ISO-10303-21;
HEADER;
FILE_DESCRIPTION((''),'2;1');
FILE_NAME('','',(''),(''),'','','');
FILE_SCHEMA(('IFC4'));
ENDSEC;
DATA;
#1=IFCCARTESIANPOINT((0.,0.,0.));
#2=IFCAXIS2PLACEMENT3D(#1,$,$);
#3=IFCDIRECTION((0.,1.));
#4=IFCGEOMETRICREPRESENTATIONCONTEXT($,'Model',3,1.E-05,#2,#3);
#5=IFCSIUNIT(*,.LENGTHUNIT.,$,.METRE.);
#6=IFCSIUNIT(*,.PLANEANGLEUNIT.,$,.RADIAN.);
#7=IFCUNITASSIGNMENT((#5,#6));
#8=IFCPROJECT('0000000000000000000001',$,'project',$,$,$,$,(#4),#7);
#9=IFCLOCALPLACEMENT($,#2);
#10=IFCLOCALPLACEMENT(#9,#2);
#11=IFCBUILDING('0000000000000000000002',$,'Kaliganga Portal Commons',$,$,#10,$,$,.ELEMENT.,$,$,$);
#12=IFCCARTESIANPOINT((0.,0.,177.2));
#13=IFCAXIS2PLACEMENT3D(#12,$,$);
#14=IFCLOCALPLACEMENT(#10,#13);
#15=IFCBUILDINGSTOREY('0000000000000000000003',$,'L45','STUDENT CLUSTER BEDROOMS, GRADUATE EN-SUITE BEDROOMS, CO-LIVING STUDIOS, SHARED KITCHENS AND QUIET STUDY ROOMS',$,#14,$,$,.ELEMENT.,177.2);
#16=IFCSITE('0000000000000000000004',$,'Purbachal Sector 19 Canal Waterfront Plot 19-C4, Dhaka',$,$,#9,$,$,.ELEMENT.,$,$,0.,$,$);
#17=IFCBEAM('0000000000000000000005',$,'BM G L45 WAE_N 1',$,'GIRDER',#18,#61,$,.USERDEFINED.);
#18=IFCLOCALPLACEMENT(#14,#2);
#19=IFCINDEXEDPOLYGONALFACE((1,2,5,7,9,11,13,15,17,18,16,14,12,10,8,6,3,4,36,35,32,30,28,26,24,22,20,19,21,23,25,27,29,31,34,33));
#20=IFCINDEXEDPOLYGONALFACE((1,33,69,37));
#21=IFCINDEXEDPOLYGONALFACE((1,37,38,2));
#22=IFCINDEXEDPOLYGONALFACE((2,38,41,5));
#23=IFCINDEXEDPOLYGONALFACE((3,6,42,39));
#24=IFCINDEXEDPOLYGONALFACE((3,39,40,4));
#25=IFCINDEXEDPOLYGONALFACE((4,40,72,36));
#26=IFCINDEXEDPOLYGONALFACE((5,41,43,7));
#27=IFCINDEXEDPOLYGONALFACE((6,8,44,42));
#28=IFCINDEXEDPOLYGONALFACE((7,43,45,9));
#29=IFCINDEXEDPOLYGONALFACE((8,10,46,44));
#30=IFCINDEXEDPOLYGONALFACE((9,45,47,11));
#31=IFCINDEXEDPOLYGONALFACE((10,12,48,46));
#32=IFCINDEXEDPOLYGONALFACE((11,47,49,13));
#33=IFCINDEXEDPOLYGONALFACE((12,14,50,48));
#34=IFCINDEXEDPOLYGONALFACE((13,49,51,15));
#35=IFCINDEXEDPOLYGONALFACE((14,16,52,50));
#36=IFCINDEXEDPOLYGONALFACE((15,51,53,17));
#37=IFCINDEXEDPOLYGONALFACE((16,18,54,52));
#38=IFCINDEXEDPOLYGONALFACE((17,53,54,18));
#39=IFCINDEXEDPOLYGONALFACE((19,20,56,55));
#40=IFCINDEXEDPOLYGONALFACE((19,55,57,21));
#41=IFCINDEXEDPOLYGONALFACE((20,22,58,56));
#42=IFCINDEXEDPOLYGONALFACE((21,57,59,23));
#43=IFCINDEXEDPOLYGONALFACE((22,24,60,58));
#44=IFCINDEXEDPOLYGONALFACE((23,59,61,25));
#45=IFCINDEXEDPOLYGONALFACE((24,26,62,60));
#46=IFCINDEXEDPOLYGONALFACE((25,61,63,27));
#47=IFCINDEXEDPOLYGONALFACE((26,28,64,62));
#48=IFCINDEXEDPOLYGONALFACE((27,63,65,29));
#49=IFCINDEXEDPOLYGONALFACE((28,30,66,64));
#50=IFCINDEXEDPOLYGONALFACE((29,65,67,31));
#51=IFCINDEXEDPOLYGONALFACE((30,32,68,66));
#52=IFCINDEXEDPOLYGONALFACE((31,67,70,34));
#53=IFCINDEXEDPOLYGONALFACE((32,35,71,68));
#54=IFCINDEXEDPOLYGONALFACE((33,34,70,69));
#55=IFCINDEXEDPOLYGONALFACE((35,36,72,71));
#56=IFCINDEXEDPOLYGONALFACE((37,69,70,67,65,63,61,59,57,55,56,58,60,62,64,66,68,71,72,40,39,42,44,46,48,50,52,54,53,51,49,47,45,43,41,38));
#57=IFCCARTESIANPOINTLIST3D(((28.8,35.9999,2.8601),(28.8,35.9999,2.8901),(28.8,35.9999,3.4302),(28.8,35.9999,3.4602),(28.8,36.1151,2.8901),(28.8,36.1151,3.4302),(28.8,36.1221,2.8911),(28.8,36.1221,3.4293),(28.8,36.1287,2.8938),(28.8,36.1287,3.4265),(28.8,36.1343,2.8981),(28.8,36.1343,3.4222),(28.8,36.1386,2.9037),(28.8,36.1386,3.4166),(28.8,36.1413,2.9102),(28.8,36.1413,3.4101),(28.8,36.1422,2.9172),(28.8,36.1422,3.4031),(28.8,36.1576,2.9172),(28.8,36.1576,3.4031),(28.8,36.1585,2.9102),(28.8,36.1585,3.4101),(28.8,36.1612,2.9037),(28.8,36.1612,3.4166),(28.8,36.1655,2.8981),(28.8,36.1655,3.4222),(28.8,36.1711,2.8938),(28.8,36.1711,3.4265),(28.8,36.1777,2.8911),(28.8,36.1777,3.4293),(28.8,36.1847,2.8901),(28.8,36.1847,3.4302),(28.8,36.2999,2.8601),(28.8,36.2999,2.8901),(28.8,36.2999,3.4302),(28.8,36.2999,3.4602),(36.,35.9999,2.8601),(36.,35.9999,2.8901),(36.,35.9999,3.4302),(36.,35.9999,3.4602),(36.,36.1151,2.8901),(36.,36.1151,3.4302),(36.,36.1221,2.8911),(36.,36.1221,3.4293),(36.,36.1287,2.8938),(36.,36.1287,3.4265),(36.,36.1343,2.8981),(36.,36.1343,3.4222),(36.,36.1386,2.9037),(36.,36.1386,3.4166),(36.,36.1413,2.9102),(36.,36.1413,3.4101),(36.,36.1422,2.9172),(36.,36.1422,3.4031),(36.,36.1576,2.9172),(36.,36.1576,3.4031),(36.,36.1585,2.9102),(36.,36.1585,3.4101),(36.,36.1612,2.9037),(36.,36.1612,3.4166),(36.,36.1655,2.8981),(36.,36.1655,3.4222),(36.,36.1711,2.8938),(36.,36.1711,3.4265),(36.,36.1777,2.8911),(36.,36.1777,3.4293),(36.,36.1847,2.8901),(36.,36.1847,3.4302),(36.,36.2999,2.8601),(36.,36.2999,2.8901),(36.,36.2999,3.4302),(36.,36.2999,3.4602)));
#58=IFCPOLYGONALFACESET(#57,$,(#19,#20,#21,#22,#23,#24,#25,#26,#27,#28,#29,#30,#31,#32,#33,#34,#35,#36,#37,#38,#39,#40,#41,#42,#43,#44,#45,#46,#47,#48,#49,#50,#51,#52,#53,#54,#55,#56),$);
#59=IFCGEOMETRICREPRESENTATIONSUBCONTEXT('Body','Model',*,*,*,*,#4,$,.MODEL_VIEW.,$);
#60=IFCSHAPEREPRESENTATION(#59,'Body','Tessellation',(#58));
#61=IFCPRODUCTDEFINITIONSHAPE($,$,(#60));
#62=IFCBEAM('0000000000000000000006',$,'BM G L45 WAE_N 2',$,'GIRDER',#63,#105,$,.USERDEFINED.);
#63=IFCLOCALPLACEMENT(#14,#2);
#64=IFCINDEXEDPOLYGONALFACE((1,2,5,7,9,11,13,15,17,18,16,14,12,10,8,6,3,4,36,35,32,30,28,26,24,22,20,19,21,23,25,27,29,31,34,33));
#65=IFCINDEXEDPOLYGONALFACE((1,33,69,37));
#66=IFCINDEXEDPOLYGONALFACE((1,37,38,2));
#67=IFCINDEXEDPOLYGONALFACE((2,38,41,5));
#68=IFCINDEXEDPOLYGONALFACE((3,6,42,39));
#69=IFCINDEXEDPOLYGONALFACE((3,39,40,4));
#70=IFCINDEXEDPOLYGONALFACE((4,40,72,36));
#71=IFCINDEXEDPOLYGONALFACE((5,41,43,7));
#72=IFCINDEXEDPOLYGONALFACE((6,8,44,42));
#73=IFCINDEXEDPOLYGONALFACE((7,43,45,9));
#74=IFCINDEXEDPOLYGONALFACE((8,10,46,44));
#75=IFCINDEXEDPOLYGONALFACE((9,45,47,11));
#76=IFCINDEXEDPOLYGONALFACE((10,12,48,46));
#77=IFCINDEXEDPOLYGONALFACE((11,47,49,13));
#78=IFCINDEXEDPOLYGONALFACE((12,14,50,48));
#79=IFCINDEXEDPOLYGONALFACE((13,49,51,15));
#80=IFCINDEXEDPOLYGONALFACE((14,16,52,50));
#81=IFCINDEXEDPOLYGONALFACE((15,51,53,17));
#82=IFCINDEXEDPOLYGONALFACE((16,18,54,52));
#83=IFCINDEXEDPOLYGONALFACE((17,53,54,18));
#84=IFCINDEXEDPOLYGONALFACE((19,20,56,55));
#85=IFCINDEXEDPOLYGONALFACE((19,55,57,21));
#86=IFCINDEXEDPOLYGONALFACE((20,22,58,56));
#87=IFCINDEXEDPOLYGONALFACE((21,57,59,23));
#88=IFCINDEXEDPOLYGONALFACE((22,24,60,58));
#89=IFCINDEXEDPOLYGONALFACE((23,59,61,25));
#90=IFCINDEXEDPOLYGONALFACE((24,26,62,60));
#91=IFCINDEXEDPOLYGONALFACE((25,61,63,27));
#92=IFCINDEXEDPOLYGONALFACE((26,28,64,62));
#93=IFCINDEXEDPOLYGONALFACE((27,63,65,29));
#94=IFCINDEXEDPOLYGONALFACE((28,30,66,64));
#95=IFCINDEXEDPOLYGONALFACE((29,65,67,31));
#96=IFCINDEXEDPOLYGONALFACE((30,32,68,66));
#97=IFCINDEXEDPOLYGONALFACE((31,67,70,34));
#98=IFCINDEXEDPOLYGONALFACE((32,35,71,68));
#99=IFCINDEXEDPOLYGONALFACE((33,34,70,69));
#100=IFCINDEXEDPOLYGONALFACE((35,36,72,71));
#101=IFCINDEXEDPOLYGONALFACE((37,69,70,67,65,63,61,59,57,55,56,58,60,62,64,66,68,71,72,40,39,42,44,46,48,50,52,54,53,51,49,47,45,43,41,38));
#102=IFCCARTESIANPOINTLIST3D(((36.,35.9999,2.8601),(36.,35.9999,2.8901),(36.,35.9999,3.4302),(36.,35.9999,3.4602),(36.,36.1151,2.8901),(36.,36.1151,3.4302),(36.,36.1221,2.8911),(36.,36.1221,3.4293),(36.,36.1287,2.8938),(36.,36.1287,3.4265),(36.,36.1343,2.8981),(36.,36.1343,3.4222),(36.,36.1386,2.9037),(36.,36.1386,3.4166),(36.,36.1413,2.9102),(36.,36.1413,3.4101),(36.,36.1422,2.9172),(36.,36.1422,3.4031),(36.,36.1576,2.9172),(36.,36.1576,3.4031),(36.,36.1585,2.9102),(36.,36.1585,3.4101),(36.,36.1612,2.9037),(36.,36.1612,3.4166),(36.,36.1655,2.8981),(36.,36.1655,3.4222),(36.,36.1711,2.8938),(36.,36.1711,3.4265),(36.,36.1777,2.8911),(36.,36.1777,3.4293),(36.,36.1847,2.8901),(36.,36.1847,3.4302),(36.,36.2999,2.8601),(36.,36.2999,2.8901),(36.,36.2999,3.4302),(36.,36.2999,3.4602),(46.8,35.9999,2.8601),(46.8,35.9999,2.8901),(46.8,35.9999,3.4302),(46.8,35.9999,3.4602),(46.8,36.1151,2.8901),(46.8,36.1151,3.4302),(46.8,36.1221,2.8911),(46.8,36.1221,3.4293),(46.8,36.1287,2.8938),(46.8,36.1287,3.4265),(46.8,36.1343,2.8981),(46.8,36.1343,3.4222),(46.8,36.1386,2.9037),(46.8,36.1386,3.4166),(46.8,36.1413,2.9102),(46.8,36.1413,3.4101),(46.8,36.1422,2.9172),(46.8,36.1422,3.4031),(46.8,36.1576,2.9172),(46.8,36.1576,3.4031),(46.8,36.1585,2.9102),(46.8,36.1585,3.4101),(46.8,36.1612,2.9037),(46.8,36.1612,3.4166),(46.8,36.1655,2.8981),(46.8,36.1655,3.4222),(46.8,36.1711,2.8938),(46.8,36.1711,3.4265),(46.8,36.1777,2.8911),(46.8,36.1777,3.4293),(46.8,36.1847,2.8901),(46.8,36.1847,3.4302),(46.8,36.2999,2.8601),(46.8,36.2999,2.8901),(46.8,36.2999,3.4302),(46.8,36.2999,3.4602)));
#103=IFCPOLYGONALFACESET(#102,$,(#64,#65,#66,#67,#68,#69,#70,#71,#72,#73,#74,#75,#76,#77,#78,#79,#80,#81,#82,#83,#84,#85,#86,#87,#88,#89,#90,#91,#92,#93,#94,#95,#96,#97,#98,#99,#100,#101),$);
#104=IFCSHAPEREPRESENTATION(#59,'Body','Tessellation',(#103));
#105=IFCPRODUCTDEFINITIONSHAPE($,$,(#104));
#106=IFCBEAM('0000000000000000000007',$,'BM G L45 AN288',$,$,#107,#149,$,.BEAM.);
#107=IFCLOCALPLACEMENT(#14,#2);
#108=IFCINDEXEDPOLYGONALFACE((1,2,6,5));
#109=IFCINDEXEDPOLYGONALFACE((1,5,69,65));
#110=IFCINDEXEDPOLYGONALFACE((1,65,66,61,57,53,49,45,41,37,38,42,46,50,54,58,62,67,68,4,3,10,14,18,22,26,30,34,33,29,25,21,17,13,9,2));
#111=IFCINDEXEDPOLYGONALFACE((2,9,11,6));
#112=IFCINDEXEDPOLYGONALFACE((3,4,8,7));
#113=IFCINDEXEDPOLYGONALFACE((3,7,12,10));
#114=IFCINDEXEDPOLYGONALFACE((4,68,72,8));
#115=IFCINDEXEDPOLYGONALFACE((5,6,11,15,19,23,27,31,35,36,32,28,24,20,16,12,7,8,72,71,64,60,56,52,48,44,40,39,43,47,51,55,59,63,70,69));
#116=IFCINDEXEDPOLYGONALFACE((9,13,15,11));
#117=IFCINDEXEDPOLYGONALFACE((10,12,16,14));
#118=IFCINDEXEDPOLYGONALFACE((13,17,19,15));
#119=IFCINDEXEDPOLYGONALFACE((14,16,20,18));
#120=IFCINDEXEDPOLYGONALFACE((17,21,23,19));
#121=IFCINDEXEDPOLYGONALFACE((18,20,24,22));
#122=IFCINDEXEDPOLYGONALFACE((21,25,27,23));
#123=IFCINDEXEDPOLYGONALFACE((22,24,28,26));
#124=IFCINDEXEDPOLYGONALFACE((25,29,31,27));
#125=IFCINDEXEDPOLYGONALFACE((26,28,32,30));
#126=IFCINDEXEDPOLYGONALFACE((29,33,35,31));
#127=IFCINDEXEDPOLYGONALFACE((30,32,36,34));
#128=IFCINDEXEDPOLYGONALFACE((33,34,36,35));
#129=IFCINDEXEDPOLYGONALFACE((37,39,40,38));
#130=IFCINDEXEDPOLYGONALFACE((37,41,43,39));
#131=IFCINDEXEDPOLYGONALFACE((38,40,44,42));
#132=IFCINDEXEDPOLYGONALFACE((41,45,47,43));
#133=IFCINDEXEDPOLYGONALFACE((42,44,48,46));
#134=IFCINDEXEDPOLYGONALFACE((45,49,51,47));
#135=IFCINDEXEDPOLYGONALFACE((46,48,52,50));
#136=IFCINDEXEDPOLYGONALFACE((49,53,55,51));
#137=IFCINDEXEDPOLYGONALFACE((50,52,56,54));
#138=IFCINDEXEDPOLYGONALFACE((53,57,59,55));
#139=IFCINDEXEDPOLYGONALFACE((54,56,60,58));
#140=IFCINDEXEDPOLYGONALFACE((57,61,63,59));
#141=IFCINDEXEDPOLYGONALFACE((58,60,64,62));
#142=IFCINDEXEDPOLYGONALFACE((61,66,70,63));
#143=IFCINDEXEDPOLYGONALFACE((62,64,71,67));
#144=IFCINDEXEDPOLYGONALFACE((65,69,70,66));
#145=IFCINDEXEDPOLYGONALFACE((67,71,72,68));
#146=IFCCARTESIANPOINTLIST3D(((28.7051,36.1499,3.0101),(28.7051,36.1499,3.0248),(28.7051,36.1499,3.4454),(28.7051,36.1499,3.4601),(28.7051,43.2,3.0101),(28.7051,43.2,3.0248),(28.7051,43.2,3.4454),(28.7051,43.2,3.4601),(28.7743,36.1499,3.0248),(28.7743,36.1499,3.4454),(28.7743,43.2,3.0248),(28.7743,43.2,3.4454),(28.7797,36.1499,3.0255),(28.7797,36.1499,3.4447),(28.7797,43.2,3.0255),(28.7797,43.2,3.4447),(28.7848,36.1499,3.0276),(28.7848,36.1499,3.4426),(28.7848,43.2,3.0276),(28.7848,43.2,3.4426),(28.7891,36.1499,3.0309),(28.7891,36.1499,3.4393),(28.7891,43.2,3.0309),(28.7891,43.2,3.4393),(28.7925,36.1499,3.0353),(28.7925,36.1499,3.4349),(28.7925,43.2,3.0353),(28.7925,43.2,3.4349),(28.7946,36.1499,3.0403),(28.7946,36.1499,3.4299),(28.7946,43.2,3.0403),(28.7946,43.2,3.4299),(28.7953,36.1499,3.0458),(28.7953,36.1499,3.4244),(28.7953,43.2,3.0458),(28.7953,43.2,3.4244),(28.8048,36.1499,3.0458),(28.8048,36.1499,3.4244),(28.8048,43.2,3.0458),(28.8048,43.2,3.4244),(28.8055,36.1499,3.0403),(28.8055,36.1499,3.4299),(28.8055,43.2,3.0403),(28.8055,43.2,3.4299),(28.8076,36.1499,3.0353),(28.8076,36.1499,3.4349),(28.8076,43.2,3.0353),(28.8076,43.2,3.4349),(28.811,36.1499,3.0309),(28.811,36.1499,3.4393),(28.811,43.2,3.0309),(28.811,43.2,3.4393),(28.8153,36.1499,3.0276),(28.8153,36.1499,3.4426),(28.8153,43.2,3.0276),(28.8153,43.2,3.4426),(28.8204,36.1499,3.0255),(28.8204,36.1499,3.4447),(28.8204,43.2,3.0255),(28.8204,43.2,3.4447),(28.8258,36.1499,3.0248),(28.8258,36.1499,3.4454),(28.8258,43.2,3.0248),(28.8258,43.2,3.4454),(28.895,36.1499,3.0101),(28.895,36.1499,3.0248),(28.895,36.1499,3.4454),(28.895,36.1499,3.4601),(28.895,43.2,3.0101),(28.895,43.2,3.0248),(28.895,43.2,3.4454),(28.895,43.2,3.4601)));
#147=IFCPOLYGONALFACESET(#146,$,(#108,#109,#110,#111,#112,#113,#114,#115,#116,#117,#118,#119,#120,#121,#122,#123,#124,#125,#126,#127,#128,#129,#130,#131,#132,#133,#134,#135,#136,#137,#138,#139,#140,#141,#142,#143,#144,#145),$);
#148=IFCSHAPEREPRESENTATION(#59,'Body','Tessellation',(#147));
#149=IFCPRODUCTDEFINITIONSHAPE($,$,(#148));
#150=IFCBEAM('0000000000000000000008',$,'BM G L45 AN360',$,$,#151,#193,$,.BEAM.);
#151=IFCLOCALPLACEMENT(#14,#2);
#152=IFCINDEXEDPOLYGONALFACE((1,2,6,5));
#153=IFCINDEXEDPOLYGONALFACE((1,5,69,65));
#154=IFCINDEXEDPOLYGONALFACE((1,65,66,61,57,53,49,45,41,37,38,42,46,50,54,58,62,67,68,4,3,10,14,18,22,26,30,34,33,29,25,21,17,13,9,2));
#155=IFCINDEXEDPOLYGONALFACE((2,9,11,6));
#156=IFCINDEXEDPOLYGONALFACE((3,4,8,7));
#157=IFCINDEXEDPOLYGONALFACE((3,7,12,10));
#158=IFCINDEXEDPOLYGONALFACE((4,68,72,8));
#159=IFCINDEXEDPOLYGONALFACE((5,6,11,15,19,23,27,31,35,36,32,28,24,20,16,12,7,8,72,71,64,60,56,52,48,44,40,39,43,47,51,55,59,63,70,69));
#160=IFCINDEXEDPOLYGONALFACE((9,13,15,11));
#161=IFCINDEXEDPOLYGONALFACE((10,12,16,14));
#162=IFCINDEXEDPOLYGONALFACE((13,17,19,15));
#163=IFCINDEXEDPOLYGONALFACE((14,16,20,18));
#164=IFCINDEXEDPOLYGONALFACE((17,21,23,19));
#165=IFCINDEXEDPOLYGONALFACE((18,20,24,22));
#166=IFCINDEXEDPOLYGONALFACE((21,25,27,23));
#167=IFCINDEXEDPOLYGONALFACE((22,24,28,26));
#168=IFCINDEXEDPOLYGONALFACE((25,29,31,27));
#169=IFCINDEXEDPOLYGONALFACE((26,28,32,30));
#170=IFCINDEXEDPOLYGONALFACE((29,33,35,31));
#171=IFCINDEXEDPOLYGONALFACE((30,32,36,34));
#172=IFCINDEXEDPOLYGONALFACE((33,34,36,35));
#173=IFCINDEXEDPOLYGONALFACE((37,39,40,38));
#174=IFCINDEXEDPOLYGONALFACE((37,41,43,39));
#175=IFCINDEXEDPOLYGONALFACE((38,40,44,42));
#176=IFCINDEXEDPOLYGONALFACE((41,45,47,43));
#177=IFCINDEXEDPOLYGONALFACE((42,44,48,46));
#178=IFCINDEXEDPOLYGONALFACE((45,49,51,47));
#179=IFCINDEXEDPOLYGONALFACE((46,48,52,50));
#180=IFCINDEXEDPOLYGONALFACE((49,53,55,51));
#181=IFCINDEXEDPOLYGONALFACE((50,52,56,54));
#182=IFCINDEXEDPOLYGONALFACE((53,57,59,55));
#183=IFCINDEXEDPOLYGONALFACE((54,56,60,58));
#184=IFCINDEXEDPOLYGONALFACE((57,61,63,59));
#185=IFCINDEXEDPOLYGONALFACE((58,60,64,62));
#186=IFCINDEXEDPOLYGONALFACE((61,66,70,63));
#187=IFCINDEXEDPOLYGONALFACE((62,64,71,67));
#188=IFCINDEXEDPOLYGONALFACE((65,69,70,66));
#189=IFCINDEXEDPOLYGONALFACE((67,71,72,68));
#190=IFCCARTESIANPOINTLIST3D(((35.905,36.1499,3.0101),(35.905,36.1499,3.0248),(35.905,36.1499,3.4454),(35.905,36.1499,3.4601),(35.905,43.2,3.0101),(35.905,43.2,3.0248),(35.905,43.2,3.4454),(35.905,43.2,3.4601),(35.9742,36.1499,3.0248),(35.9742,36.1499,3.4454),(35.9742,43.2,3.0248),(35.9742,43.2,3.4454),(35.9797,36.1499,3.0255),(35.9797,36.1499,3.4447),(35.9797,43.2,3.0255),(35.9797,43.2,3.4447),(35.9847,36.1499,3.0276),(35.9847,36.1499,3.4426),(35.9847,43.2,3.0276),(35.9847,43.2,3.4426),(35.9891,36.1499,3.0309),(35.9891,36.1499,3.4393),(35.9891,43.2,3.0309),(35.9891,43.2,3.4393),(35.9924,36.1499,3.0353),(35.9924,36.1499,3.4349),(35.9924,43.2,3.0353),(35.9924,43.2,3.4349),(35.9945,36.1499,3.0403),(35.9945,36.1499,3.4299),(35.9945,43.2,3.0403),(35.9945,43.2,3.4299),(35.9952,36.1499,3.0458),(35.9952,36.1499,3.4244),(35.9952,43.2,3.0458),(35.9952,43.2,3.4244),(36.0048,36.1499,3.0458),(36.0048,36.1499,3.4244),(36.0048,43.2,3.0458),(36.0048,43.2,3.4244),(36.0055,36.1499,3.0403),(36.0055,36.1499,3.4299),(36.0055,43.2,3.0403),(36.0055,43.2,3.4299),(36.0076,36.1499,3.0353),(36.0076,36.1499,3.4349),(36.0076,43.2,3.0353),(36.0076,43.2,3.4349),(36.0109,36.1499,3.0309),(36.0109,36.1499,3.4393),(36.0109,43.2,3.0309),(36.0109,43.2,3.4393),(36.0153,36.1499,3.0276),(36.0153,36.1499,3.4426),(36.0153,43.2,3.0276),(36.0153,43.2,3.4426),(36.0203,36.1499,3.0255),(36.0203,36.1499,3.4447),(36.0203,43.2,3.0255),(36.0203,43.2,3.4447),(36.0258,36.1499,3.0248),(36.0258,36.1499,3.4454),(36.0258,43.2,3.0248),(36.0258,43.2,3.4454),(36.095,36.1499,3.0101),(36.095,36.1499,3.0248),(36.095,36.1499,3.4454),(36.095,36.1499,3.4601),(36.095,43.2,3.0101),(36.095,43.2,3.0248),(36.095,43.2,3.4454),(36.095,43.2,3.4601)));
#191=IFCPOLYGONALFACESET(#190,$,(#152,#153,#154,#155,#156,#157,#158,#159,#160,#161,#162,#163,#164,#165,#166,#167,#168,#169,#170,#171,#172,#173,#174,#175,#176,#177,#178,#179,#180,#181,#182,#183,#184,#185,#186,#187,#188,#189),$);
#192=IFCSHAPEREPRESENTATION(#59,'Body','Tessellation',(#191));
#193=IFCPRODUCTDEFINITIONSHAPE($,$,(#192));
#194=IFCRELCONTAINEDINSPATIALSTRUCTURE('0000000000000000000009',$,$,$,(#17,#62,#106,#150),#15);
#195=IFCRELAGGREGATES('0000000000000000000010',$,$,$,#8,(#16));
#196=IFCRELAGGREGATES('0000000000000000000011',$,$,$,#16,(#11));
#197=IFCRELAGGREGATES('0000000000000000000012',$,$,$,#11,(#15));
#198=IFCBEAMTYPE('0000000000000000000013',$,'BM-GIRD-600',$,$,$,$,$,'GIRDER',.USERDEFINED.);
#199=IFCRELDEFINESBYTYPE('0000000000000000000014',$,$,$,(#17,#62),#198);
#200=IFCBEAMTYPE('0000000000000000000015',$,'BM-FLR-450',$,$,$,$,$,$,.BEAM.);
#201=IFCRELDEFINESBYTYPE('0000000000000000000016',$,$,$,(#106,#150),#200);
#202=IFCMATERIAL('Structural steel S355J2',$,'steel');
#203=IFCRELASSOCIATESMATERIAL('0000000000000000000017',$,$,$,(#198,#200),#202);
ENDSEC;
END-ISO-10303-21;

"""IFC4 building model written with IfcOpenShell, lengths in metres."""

from ifc_helpers import new_model, si_unit, direction, frame, origin, origin_2d, place, context, subcontext, project, spatial, i_section, extrude, source, transform, mapped, material, material_profile, profile_set, type_object, element, save


model = new_model("IFC4")

# Units and contexts
model_context = context("Model", 3, precision=1e-05, world=origin(), true_north=direction((0.0, 1.0)))
body_context = subcontext(model_context, "Body", "Model", "MODEL_VIEW")
ifc_project = project(units=[si_unit("LENGTHUNIT", "METRE"), si_unit("PLANEANGLEUNIT", "RADIAN")], contexts=[model_context])

# Site, building, storey
site_placement = place(None, origin())
site = spatial("IfcSite", under=ifc_project, at=site_placement, Name="Purbachal Sector 19 Canal Waterfront Plot 19-C4, Dhaka", CompositionType="ELEMENT", RefElevation=0.0)
building_placement = place(site_placement, origin())
building = spatial("IfcBuilding", under=site, at=building_placement, Name="Kaliganga Portal Commons", CompositionType="ELEMENT")
storey_placement = place(building_placement, frame((0.0, 0.0, 177.2)))
storey = spatial("IfcBuildingStorey", under=building, at=storey_placement, Name="L45", Description="STUDENT CLUSTER BEDROOMS, GRADUATE EN-SUITE BEDROOMS, CO-LIVING STUDIOS, SHARED KITCHENS AND QUIET STUDY ROOMS", CompositionType="ELEMENT", Elevation=177.2)

# Beams
ifc_material_1 = material(Name="Structural steel S355J2", Category="steel")
ifc_material_profile_1 = material_profile(ifc_material_1, i_section(OverallWidth=0.3, OverallDepth=0.6001, WebThickness=0.0154, FlangeThickness=0.03, FilletRadius=0.0271, at=origin_2d()), Name="HE 600 B")
ifc_profile_set_1 = profile_set([ifc_material_profile_1], Name="Structural steel S355J2 wide-flange")
beam_type_1 = type_object("IfcBeamType", Name="BM-GIRD-600", ElementType="GIRDER", PredefinedType="USERDEFINED", material=ifc_profile_set_1)
shared_shape_1 = source(origin(), body_context, "Body", "SweptSolid", [
    extrude(i_section(OverallWidth=0.3, OverallDepth=0.6001, WebThickness=0.0154, FlangeThickness=0.03, FilletRadius=0.0271, at=origin_2d()), origin(), (0.0, 0.0, 1.0), 7.2),
])
beam_1_placement = place(storey_placement, frame((28.8, 36.1499, 3.1602), z_axis=(1.0, 0.0, 0.0), x_axis=(0.0, 1.0, 0.0)))
element("IfcBeam", 1, at=beam_1_placement, inside=storey, type_object=beam_type_1, Name="BM G L45 WAE_N 1", ObjectType="GIRDER", PredefinedType="USERDEFINED", context=body_context, shape_type="MappedRepresentation", body=[
    mapped(shared_shape_1, transform((0.0, 0.0, 0.0), x_axis=(1.0, 0.0, 0.0), y_axis=(0.0, 1.0, 0.0), z_axis=(0.0, 0.0, 1.0), scale=1.0)),
])
shared_shape_2 = source(origin(), body_context, "Body", "SweptSolid", [
    extrude(i_section(OverallWidth=0.3, OverallDepth=0.6001, WebThickness=0.0154, FlangeThickness=0.03, FilletRadius=0.0271, at=origin_2d()), origin(), (0.0, 0.0, 1.0), 10.8),
])
beam_2_placement = place(storey_placement, frame((36.0, 36.1499, 3.1602), z_axis=(1.0, 0.0, 0.0), x_axis=(0.0, 1.0, 0.0)))
element("IfcBeam", 2, at=beam_2_placement, inside=storey, type_object=beam_type_1, Name="BM G L45 WAE_N 2", ObjectType="GIRDER", PredefinedType="USERDEFINED", context=body_context, shape_type="MappedRepresentation", body=[
    mapped(shared_shape_2, transform((0.0, 0.0, 0.0), x_axis=(1.0, 0.0, 0.0), y_axis=(0.0, 1.0, 0.0), z_axis=(0.0, 0.0, 1.0), scale=1.0)),
])
ifc_material_profile_2 = material_profile(ifc_material_1, i_section(OverallWidth=0.1899, OverallDepth=0.45, WebThickness=0.0095, FlangeThickness=0.0146, FilletRadius=0.021, at=origin_2d()), Name="IPE 450")
ifc_profile_set_2 = profile_set([ifc_material_profile_2], Name="Structural steel S355J2 wide-flange")
beam_type_2 = type_object("IfcBeamType", Name="BM-FLR-450", PredefinedType="BEAM", material=ifc_profile_set_2)
shared_shape_3 = source(origin(), body_context, "Body", "SweptSolid", [
    extrude(i_section(OverallWidth=0.1899, OverallDepth=0.45, WebThickness=0.0095, FlangeThickness=0.0146, FilletRadius=0.021, at=origin_2d()), origin(), (0.0, 0.0, 1.0), 7.05),
])
for number, where, z_axis, x_axis, name in (
    (3, (28.8, 36.1499, 3.2351), (0.0, 1.0, 0.0), (-1.0, 0.0, 0.0), "BM G L45 AN288"),
    (4, (36.0, 36.1499, 3.2351), (0.0, 1.0, 0.0), (-1.0, 0.0, 0.0), "BM G L45 AN360"),
):
    element("IfcBeam", number, at=place(storey_placement, frame(where, z_axis=z_axis, x_axis=x_axis)), inside=storey, type_object=beam_type_2, Name=name, PredefinedType="BEAM", context=body_context, shape_type="MappedRepresentation", body=[
        mapped(shared_shape_3, transform((0.0, 0.0, 0.0), x_axis=(1.0, 0.0, 0.0), y_axis=(0.0, 1.0, 0.0), z_axis=(0.0, 0.0, 1.0), scale=1.0)),
    ])

save(model, "model.ifc")
